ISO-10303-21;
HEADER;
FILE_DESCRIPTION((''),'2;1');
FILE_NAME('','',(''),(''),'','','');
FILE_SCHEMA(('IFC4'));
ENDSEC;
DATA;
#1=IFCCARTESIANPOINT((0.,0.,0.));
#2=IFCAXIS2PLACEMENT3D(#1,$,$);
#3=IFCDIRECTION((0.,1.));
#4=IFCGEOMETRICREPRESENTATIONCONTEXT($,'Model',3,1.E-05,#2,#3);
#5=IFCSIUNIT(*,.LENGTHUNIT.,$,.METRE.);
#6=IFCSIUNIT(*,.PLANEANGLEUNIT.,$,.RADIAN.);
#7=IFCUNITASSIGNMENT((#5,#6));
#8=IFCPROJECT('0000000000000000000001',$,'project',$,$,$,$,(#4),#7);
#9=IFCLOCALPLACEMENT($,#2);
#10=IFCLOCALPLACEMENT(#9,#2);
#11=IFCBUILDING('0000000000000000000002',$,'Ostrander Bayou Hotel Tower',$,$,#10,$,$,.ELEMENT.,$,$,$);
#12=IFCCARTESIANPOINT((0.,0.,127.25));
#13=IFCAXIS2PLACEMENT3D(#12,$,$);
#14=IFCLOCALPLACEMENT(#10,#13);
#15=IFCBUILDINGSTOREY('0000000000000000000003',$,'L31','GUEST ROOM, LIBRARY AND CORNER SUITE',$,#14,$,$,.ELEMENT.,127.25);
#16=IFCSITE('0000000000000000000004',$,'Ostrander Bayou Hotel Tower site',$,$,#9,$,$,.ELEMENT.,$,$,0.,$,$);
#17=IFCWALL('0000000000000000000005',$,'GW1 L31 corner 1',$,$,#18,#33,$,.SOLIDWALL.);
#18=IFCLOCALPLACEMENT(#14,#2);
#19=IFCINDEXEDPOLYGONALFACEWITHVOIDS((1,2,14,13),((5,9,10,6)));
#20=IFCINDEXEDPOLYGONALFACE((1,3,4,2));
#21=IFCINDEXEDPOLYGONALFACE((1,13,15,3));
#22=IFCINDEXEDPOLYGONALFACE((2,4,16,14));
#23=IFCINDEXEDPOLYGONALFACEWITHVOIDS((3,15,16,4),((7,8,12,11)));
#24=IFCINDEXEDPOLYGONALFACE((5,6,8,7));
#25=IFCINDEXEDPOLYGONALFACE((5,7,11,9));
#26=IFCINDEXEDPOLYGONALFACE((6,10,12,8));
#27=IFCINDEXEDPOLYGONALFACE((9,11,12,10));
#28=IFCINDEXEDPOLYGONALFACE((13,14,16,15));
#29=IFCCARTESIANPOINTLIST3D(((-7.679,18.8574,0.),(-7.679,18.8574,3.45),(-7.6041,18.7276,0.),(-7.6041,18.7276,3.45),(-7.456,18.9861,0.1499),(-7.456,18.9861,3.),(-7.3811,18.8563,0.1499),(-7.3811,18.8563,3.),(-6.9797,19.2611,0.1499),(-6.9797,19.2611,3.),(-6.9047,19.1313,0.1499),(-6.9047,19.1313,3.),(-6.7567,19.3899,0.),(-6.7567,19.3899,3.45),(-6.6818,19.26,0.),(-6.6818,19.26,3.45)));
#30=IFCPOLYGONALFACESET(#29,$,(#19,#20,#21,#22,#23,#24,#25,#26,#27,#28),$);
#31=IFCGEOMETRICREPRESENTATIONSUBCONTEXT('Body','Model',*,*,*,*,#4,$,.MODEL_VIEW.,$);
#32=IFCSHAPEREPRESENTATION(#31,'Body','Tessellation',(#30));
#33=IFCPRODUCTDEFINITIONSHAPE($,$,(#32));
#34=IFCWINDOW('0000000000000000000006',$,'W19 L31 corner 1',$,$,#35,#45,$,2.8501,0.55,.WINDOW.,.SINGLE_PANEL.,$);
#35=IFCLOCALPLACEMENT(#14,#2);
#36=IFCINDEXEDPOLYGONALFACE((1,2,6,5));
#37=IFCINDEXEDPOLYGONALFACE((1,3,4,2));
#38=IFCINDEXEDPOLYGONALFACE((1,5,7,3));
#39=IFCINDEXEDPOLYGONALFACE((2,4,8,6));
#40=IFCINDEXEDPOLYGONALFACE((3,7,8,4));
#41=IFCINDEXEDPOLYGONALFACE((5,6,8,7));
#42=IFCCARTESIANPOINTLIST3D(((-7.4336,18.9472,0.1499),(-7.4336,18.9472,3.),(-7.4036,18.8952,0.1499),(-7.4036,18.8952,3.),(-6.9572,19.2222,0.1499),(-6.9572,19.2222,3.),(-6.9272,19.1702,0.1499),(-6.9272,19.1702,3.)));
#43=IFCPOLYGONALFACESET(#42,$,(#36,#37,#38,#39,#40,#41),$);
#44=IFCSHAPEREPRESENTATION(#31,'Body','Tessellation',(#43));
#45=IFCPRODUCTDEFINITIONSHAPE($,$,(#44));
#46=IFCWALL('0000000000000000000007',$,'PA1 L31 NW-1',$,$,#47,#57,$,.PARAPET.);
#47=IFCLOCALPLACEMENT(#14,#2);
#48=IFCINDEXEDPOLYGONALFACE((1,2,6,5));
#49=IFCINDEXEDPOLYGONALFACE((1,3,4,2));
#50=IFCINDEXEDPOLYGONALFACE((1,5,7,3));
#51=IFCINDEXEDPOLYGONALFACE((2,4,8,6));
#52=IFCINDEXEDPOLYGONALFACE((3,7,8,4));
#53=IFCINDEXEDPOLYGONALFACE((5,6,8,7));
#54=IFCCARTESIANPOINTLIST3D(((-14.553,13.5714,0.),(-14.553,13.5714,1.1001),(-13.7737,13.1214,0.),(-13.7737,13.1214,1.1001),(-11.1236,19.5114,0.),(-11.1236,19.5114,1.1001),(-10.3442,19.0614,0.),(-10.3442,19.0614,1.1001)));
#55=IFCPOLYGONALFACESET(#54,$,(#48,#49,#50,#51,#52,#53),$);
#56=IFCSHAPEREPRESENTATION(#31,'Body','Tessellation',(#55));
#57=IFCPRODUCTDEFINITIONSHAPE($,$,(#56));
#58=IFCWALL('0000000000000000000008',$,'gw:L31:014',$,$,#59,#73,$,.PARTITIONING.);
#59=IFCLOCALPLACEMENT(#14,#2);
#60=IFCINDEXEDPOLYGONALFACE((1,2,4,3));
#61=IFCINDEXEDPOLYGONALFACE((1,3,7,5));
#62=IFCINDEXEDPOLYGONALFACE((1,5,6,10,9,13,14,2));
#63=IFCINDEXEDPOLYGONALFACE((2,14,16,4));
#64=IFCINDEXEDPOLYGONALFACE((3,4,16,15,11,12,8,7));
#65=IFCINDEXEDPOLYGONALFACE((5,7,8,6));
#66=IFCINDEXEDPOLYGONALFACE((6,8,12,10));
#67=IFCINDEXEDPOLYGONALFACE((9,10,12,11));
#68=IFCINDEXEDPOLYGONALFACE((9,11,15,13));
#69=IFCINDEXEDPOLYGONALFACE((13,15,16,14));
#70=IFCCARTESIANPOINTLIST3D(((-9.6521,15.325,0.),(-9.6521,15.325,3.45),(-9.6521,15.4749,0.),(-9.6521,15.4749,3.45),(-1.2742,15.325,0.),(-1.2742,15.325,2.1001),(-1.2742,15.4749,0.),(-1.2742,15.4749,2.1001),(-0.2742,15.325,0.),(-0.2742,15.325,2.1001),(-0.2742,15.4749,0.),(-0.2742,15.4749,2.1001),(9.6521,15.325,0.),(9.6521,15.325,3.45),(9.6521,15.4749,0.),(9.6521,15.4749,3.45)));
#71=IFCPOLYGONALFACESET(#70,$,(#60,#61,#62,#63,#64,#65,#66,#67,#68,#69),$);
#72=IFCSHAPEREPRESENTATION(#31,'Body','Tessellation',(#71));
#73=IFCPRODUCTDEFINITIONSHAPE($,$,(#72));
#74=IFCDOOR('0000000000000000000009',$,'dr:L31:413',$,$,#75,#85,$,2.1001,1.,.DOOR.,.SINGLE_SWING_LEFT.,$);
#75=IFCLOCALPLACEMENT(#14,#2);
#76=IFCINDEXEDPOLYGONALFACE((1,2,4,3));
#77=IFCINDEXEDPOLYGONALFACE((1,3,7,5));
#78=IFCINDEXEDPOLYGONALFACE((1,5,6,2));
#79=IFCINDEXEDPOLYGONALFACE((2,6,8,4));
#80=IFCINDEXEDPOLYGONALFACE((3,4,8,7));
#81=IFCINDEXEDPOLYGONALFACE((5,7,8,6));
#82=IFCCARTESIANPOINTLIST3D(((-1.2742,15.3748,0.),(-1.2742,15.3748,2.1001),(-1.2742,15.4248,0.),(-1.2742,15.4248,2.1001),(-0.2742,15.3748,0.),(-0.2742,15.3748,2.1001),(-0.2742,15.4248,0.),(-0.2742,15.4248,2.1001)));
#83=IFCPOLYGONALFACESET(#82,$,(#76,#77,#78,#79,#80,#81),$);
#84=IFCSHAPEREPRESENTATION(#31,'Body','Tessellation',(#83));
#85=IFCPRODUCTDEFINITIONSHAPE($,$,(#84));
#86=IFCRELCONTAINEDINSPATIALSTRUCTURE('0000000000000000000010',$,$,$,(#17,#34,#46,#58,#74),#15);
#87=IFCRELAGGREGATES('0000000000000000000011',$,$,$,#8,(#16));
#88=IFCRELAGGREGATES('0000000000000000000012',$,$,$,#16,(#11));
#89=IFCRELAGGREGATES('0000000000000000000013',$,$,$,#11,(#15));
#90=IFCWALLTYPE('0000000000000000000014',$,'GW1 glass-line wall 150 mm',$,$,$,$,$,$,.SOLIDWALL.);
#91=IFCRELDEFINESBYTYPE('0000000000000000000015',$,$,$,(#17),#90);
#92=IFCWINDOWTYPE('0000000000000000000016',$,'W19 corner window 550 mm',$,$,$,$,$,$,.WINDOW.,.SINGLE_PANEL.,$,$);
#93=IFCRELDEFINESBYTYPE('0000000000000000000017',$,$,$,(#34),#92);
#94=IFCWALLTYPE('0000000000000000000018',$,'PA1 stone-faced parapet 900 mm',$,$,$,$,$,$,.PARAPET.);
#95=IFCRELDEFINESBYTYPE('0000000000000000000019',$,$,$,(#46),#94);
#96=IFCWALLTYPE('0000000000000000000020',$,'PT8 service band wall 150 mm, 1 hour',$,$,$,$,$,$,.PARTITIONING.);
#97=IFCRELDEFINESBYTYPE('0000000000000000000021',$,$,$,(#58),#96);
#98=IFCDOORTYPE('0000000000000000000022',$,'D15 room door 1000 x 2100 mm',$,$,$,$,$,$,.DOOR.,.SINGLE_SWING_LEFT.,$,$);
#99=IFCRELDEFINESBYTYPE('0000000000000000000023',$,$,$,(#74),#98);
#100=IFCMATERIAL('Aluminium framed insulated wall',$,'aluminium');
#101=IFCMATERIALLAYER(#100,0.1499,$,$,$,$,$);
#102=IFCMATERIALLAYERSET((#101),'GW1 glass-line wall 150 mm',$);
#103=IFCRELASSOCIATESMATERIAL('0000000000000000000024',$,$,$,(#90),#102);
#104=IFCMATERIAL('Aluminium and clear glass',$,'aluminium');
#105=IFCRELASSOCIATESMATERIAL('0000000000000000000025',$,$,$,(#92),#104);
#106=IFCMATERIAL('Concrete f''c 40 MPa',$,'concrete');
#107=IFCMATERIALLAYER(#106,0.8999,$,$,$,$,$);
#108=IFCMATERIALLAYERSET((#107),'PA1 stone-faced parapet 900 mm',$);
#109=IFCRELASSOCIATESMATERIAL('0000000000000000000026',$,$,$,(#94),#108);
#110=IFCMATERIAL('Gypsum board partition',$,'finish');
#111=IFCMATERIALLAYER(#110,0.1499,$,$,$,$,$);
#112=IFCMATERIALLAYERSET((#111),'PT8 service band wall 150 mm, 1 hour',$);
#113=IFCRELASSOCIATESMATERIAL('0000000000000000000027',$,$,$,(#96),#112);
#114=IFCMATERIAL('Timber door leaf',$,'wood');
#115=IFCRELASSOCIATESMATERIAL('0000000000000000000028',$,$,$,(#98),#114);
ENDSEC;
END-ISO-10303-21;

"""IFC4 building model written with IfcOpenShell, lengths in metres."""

from ifc_helpers import new_model, si_unit, direction, frame, frame_2d, origin, place, context, subcontext, project, spatial, rectangle, extrude, material, layer, layer_set, type_object, element, fill, save


model = new_model("IFC4")

# Units and contexts
model_context = context("Model", 3, precision=1e-05, world=origin(), true_north=direction((0.0, 1.0)))
body_context = subcontext(model_context, "Body", "Model", "MODEL_VIEW")
ifc_project = project(units=[si_unit("LENGTHUNIT", "METRE"), si_unit("PLANEANGLEUNIT", "RADIAN")], contexts=[model_context])

# Site, building, storey
site_placement = place(None, origin())
site = spatial("IfcSite", under=ifc_project, at=site_placement, Name="Ostrander Bayou Hotel Tower site", CompositionType="ELEMENT", RefElevation=0.0)
building_placement = place(site_placement, origin())
building = spatial("IfcBuilding", under=site, at=building_placement, Name="Ostrander Bayou Hotel Tower", CompositionType="ELEMENT")
storey_placement = place(building_placement, frame((0.0, 0.0, 127.25)))
storey = spatial("IfcBuildingStorey", under=building, at=storey_placement, Name="L31", Description="GUEST ROOM, LIBRARY AND CORNER SUITE", CompositionType="ELEMENT", Elevation=127.25)

# Shared definitions
ifc_material_1 = material(Name="Aluminium framed insulated wall", Category="aluminium")
ifc_layer_1 = layer(ifc_material_1, 0.1499)
ifc_layer_set_1 = layer_set([ifc_layer_1], Name="GW1 glass-line wall 150 mm")
wall_type_1 = type_object("IfcWallType", Name="GW1 glass-line wall 150 mm", PredefinedType="SOLIDWALL", material=ifc_layer_set_1)

# Wall, opening, window
wall_1_placement = place(storey_placement, frame((-6.7192, 19.325, 0.0), z_axis=(0.0, 0.0, 1.0), x_axis=(-0.866048, -0.499961, 0.0)))
wall_1 = element("IfcWall", 1, at=wall_1_placement, inside=storey, type_object=wall_type_1, Name="GW1 L31 corner 1", PredefinedType="SOLIDWALL", context=body_context, shape_type="SweptSolid", body=[
    extrude(rectangle(XDim=1.0649, YDim=0.1499, at=frame_2d((0.5325, 0.0))), origin(), (0.0, 0.0, 1.0), 3.45),
])
opening_1_placement = place(wall_1_placement, frame((0.2576, 0.0, 0.1499)))
opening_1 = element("IfcOpeningElement", 2, at=opening_1_placement, cuts=wall_1, PredefinedType="OPENING", context=body_context, shape_type="SweptSolid", body=[
    extrude(rectangle(XDim=0.55, YDim=2.8501, at=frame_2d((0.2749, 1.425))), frame((0.0, 0.075, 0.0), z_axis=(0.0, -1.0, 0.0), x_axis=(1.0, 0.0, 0.0)), (0.0, 0.0, 1.0), 0.1499),
])
ifc_material_2 = material(Name="Aluminium and clear glass", Category="aluminium")
window_type_1 = type_object("IfcWindowType", Name="W19 corner window 550 mm", PartitioningType="SINGLE_PANEL", PredefinedType="WINDOW", material=ifc_material_2)
window_1_placement = place(opening_1_placement, origin())
window_1 = element("IfcWindow", 3, at=window_1_placement, inside=storey, type_object=window_type_1, Name="W19 L31 corner 1", OverallHeight=2.8501, OverallWidth=0.55, PartitioningType="SINGLE_PANEL", PredefinedType="WINDOW", context=body_context, shape_type="SweptSolid", body=[
    extrude(rectangle(XDim=0.55, YDim=2.8501, at=frame_2d((0.2749, 1.425))), frame((0.0, 0.03, 0.0), z_axis=(0.0, -1.0, 0.0), x_axis=(1.0, 0.0, 0.0)), (0.0, 0.0, 1.0), 0.0601),
])
fill(opening_1, window_1)

# Wall
ifc_material_3 = material(Name="Concrete f'c 40 MPa", Category="concrete")
ifc_layer_2 = layer(ifc_material_3, 0.8999)
ifc_layer_set_2 = layer_set([ifc_layer_2], Name="PA1 stone-faced parapet 900 mm")
wall_type_2 = type_object("IfcWallType", Name="PA1 stone-faced parapet 900 mm", PredefinedType="PARAPET", material=ifc_layer_set_2)
wall_2_placement = place(storey_placement, frame((-10.7339, 19.2864, 0.0), z_axis=(0.0, 0.0, 1.0), x_axis=(-0.500002, -0.866024, 0.0)))
element("IfcWall", 4, at=wall_2_placement, inside=storey, type_object=wall_type_2, Name="PA1 L31 NW-1", PredefinedType="PARAPET", context=body_context, shape_type="SweptSolid", body=[
    extrude(rectangle(XDim=6.8589, YDim=0.8999, at=frame_2d((3.4294, 0.0))), origin(), (0.0, 0.0, 1.0), 1.1001),
])

# Wall, opening, door
ifc_material_4 = material(Name="Gypsum board partition", Category="finish")
ifc_layer_3 = layer(ifc_material_4, 0.1499)
ifc_layer_set_3 = layer_set([ifc_layer_3], Name="PT8 service band wall 150 mm, 1 hour")
wall_type_3 = type_object("IfcWallType", Name="PT8 service band wall 150 mm, 1 hour", PredefinedType="PARTITIONING", material=ifc_layer_set_3)
wall_3_placement = place(storey_placement, frame((-9.6521, 15.3999, 0.0), z_axis=(0.0, 0.0, 1.0), x_axis=(1.0, 0.0, 0.0)))
wall_3 = element("IfcWall", 5, at=wall_3_placement, inside=storey, type_object=wall_type_3, Name="gw:L31:014", PredefinedType="PARTITIONING", context=body_context, shape_type="SweptSolid", body=[
    extrude(rectangle(XDim=19.3042, YDim=0.1499, at=frame_2d((9.6521, 0.0))), origin(), (0.0, 0.0, 1.0), 3.45),
])
opening_2_placement = place(wall_3_placement, frame((8.3779, 0.0, 0.0)))
opening_2 = element("IfcOpeningElement", 6, at=opening_2_placement, cuts=wall_3, PredefinedType="OPENING", context=body_context, shape_type="SweptSolid", body=[
    extrude(rectangle(XDim=1.0, YDim=2.1001, at=frame_2d((0.5, 1.05))), frame((0.0, 0.075, 0.0), z_axis=(0.0, -1.0, 0.0), x_axis=(1.0, 0.0, 0.0)), (0.0, 0.0, 1.0), 0.1499),
])
ifc_material_5 = material(Name="Timber door leaf", Category="wood")
door_type_1 = type_object("IfcDoorType", Name="D15 room door 1000 x 2100 mm", OperationType="SINGLE_SWING_LEFT", PredefinedType="DOOR", material=ifc_material_5)
door_1_placement = place(opening_2_placement, origin())
door_1 = element("IfcDoor", 7, at=door_1_placement, inside=storey, type_object=door_type_1, Name="dr:L31:413", OperationType="SINGLE_SWING_LEFT", OverallHeight=2.1001, OverallWidth=1.0, PredefinedType="DOOR", context=body_context, shape_type="SweptSolid", body=[
    extrude(rectangle(XDim=1.0, YDim=2.1001, at=frame_2d((0.5, 1.05))), frame((0.0, 0.0249, 0.0), z_axis=(0.0, -1.0, 0.0), x_axis=(1.0, 0.0, 0.0)), (0.0, 0.0, 1.0), 0.05),
])
fill(opening_2, door_1)

save(model, "model.ifc")
